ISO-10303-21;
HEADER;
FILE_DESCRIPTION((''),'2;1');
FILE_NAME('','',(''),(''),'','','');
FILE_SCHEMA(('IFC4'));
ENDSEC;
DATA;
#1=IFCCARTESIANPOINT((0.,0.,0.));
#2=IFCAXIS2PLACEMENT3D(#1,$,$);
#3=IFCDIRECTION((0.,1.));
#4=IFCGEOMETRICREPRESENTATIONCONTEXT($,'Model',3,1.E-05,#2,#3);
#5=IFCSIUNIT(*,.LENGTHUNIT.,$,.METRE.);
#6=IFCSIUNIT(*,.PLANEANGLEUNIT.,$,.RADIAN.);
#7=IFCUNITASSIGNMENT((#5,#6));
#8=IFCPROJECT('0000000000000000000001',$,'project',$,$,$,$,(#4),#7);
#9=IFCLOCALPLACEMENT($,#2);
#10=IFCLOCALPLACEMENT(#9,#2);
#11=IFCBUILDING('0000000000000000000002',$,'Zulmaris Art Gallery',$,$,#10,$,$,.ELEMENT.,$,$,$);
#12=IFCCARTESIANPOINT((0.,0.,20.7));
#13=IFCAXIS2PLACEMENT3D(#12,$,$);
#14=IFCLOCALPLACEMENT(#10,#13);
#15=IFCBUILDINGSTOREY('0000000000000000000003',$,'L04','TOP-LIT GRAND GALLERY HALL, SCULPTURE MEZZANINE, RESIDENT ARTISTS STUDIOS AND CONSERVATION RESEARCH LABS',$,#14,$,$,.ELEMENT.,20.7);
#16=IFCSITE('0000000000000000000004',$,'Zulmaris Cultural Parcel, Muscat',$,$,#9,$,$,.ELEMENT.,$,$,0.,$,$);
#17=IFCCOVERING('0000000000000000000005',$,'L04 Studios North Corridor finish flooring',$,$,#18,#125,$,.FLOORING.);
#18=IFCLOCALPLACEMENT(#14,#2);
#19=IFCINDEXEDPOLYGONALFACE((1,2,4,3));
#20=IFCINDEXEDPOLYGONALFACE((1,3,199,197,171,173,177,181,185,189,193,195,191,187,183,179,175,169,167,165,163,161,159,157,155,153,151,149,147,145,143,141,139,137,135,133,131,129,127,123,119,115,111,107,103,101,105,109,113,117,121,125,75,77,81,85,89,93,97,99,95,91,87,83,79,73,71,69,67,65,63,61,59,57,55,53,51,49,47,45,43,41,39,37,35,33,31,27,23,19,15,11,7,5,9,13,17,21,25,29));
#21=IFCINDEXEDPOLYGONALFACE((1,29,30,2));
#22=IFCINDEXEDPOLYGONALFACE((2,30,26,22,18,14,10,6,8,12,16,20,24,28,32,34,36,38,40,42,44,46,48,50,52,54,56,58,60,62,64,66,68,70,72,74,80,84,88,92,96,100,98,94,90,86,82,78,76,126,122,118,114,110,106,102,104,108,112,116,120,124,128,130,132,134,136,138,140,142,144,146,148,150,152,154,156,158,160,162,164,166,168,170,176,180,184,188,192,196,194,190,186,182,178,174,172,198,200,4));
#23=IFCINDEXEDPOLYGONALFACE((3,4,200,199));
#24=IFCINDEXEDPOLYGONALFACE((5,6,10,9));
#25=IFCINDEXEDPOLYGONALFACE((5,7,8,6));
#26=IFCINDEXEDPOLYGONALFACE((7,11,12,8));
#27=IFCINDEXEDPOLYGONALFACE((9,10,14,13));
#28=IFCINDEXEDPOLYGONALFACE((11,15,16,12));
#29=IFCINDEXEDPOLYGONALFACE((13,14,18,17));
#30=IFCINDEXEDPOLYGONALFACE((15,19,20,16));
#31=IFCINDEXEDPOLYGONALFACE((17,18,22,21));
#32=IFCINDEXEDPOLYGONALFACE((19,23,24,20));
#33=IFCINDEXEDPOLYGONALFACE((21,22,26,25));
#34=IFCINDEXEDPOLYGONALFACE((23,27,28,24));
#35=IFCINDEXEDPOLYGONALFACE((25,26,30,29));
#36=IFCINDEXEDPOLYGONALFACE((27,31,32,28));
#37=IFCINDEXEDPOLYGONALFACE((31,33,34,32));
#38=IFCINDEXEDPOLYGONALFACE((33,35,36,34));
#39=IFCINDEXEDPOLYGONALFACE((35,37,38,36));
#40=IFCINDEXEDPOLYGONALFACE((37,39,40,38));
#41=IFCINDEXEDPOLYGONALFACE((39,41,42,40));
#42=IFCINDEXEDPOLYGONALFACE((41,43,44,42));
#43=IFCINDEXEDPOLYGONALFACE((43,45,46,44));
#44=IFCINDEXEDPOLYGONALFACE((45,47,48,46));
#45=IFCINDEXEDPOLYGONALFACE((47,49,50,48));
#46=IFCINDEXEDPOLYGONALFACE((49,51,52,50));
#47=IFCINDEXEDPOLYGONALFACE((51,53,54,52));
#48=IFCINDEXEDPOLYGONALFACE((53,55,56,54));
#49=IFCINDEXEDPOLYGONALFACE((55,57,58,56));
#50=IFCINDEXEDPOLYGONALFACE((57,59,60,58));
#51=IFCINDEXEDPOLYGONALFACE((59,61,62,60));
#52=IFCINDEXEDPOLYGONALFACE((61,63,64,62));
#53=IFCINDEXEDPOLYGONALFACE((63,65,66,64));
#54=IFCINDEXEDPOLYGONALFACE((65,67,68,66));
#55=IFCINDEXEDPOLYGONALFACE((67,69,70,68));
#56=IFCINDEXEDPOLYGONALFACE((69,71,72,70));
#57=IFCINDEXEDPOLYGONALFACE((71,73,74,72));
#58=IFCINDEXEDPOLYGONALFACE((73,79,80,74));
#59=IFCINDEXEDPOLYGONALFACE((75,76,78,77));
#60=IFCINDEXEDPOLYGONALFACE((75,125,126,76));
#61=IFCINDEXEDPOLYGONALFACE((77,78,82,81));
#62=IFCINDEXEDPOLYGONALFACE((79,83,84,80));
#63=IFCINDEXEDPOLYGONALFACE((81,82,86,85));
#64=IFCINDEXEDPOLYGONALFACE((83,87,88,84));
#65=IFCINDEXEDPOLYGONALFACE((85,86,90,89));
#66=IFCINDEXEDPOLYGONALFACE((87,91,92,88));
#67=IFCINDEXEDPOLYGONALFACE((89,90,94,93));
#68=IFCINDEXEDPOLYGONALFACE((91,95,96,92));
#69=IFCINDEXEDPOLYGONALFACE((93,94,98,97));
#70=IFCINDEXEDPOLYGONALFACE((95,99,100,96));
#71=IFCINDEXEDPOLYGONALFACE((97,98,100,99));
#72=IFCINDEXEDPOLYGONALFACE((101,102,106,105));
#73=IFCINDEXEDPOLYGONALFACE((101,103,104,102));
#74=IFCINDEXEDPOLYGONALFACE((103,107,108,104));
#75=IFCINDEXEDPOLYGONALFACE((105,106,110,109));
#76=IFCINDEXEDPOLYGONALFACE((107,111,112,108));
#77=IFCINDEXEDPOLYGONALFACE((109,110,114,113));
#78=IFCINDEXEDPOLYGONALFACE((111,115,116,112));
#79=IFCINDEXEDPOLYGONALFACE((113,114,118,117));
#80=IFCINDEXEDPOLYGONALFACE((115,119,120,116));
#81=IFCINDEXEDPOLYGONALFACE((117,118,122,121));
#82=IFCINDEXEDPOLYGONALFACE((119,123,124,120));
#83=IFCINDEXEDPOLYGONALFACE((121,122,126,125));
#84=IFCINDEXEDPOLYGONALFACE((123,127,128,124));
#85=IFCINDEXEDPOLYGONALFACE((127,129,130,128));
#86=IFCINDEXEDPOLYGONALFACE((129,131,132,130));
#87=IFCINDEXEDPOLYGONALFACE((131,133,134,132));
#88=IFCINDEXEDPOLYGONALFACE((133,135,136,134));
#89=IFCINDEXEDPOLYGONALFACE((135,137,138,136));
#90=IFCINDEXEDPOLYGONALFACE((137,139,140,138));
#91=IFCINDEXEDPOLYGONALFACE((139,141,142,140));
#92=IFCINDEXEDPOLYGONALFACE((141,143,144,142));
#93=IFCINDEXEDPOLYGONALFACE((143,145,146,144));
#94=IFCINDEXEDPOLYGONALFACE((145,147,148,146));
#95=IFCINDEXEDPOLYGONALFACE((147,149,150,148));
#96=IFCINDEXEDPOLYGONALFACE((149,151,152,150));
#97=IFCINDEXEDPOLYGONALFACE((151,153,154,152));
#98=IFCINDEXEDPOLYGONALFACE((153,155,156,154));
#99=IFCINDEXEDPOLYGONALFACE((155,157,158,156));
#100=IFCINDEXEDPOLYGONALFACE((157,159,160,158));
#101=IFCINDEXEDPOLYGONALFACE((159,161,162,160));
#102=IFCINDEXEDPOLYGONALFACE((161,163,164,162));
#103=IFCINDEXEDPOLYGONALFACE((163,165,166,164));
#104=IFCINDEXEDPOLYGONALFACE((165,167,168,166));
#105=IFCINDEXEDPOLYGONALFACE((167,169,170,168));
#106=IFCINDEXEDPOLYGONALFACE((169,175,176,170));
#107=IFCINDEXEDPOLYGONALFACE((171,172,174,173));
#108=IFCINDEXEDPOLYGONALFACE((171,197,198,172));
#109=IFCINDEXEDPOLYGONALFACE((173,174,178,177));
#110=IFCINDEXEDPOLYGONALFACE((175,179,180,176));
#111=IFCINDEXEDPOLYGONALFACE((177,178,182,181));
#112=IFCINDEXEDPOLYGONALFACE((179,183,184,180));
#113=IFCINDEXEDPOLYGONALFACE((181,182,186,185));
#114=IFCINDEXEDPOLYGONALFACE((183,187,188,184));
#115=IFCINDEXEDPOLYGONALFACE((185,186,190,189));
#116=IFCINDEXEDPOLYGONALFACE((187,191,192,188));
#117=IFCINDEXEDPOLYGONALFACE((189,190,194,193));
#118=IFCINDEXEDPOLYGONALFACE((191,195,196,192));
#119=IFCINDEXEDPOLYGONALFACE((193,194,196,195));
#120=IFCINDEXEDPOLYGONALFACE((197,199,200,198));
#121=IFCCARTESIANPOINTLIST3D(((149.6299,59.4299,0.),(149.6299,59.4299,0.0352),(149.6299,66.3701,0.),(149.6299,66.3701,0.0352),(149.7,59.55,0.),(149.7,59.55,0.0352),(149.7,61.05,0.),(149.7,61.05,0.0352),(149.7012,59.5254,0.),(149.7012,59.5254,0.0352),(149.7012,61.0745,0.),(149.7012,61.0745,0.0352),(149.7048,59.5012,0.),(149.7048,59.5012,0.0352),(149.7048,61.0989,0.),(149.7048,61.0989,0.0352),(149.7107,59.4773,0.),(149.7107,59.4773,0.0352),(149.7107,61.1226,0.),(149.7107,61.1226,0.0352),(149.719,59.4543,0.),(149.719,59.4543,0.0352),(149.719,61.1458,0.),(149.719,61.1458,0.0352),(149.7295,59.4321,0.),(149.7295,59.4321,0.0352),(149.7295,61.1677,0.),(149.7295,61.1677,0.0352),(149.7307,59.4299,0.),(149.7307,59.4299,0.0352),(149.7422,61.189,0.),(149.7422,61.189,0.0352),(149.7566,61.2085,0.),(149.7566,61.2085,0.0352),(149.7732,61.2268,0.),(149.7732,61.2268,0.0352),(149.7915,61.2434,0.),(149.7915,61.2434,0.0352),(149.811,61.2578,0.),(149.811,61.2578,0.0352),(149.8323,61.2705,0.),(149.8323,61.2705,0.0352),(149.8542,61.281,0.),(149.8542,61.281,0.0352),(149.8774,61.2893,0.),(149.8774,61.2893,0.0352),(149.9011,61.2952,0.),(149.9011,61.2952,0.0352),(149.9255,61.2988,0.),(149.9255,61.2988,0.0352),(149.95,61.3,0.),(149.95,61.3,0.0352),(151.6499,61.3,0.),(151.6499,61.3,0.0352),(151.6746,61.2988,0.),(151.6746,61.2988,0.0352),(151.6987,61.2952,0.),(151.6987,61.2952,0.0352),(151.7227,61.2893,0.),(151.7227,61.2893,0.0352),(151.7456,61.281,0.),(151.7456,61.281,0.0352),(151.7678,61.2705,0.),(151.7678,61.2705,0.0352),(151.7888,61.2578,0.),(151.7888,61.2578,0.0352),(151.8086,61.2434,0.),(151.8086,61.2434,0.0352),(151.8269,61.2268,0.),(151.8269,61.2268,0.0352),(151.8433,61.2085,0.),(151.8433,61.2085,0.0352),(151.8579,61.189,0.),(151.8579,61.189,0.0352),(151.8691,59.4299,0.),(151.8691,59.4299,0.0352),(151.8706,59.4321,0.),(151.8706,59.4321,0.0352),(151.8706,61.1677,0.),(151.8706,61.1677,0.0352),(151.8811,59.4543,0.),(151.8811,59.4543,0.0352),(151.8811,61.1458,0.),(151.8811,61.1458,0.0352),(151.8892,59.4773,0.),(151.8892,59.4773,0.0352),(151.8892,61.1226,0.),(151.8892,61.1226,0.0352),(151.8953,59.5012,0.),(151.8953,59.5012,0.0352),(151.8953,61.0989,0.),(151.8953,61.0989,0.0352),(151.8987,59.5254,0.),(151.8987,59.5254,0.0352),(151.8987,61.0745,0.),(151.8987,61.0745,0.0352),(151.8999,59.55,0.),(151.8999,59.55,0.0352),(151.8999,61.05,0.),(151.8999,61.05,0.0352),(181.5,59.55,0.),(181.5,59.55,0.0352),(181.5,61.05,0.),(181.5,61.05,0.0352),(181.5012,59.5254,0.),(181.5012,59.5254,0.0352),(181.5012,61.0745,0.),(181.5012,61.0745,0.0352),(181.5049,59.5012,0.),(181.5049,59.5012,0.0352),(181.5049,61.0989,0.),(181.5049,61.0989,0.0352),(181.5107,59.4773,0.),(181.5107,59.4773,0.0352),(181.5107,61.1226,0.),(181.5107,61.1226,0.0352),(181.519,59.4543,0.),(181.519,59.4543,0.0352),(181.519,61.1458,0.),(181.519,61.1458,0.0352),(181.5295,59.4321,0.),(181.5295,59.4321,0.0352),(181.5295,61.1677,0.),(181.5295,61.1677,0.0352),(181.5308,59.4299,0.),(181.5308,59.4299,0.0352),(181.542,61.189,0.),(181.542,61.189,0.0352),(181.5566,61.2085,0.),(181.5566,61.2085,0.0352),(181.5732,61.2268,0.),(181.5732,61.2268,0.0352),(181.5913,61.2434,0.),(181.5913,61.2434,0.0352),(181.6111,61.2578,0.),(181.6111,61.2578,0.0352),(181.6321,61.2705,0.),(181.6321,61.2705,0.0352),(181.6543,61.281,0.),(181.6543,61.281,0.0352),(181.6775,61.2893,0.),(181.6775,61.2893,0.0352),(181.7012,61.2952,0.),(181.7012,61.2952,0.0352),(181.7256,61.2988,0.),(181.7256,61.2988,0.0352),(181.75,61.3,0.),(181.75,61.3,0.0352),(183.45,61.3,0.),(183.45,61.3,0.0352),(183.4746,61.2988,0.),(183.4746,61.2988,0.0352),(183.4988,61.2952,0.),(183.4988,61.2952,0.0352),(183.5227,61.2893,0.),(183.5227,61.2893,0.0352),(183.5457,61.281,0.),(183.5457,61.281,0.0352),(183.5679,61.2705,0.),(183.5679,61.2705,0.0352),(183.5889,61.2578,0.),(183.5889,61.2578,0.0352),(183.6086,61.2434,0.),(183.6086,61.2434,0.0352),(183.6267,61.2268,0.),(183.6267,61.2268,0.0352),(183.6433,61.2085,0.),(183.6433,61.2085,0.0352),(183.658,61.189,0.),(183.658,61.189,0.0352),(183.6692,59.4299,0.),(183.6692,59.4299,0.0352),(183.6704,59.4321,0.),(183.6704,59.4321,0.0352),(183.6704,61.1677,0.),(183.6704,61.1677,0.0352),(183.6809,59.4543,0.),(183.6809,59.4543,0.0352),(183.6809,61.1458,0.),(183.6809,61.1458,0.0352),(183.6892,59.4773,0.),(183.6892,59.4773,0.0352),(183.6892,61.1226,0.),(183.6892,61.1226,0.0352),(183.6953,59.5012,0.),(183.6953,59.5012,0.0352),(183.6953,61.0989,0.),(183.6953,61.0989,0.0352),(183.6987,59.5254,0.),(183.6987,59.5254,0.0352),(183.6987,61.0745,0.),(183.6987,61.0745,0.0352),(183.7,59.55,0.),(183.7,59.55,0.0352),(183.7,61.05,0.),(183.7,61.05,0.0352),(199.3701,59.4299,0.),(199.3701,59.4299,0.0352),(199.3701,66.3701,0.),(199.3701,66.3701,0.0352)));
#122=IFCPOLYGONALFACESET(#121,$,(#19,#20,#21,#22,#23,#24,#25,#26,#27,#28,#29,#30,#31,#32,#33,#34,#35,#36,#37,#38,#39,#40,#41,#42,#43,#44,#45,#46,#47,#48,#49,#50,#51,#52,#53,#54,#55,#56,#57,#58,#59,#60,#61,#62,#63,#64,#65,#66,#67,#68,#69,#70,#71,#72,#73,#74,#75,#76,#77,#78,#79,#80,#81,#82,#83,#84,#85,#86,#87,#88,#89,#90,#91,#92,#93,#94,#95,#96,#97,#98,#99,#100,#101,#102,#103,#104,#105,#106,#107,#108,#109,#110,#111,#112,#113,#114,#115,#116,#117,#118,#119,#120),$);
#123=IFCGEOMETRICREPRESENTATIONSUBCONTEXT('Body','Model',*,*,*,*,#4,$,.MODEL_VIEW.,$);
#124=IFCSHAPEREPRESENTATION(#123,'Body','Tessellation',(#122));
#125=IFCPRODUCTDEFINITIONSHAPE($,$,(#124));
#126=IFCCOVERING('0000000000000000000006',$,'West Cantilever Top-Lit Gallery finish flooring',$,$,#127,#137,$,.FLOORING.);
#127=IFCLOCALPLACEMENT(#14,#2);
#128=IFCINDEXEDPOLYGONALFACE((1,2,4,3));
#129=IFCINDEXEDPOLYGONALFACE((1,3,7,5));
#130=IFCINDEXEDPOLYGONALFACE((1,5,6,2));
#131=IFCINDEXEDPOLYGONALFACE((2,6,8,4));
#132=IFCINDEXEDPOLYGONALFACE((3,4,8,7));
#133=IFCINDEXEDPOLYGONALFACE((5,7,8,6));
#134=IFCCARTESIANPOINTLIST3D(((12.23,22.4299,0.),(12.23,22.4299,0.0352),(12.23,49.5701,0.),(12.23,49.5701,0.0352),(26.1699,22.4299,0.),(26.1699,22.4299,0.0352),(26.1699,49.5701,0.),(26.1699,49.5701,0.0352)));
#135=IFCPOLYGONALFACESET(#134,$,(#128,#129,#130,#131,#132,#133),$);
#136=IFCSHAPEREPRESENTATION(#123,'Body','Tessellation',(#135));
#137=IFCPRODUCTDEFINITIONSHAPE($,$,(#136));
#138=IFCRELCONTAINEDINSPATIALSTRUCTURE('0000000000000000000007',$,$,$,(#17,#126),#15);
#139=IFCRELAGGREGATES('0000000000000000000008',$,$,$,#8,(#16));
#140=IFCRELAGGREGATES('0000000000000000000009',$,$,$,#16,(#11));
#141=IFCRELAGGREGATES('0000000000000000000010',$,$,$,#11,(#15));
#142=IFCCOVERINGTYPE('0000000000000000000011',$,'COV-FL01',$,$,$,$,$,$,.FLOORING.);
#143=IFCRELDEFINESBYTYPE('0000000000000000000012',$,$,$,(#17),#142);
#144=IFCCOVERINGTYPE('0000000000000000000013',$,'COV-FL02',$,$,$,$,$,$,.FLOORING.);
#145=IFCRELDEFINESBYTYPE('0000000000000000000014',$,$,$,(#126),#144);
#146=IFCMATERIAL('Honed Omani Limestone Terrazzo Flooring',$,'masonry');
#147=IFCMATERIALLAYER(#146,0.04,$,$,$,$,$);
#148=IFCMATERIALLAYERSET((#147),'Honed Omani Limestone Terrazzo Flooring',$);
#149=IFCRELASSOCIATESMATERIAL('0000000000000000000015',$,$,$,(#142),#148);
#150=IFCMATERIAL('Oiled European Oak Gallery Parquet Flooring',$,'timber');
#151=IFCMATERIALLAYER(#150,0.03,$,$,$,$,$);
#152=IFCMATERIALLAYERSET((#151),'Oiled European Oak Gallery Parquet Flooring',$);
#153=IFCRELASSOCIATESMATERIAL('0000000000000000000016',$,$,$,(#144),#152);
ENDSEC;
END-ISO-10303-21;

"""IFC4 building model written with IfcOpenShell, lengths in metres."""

from ifc_helpers import new_model, si_unit, direction, frame, origin, place, context, subcontext, project, spatial, polyline, outline, extrude, material, layer, layer_set, type_object, element, save


model = new_model("IFC4")

# Units and contexts
model_context = context("Model", 3, precision=1e-05, world=origin(), true_north=direction((0.0, 1.0)))
body_context = subcontext(model_context, "Body", "Model", "MODEL_VIEW")
ifc_project = project(units=[si_unit("LENGTHUNIT", "METRE"), si_unit("PLANEANGLEUNIT", "RADIAN")], contexts=[model_context])

# Site, building, storey
site_placement = place(None, origin())
site = spatial("IfcSite", under=ifc_project, at=site_placement, Name="Zulmaris Cultural Parcel, Muscat", CompositionType="ELEMENT", RefElevation=0.0)
building_placement = place(site_placement, origin())
building = spatial("IfcBuilding", under=site, at=building_placement, Name="Zulmaris Art Gallery", CompositionType="ELEMENT")
storey_placement = place(building_placement, frame((0.0, 0.0, 20.7)))
storey = spatial("IfcBuildingStorey", under=building, at=storey_placement, Name="L04", Description="TOP-LIT GRAND GALLERY HALL, SCULPTURE MEZZANINE, RESIDENT ARTISTS STUDIOS AND CONSERVATION RESEARCH LABS", CompositionType="ELEMENT", Elevation=20.7)

# Coverings
ifc_material_1 = material(Name="Honed Omani Limestone Terrazzo Flooring", Category="masonry")
ifc_layer_1 = layer(ifc_material_1, 0.04)
ifc_layer_set_1 = layer_set([ifc_layer_1], Name="Honed Omani Limestone Terrazzo Flooring")
covering_type_1 = type_object("IfcCoveringType", Name="COV-FL01", PredefinedType="FLOORING", material=ifc_layer_set_1)
covering_1_placement = place(storey_placement, origin())
element("IfcCovering", 1, at=covering_1_placement, inside=storey, type_object=covering_type_1, Name="L04 Studios North Corridor finish flooring", PredefinedType="FLOORING", context=body_context, shape_type="SweptSolid", body=[
    extrude(outline(polyline([(149.6299, 59.4299), (149.6299, 66.3701), (199.3701, 66.3701), (199.3701, 59.4299), (183.6692, 59.4299), (183.6704, 59.4321), (183.6809, 59.4543), (183.6892, 59.4773), (183.6953, 59.5012), (183.6987, 59.5254), (183.7, 59.55), (183.7, 61.05), (183.6987, 61.0745), (183.6953, 61.0989), (183.6892, 61.1226), (183.6809, 61.1458), (183.6704, 61.1677), (183.658, 61.189), (183.6433, 61.2085), (183.6267, 61.2268), (183.6086, 61.2434), (183.5889, 61.2578), (183.5679, 61.2705), (183.5457, 61.281), (183.5227, 61.2893), (183.4988, 61.2952), (183.4746, 61.2988), (183.45, 61.3), (181.75, 61.3), (181.7256, 61.2988), (181.7012, 61.2952), (181.6775, 61.2893), (181.6543, 61.281), (181.6321, 61.2705), (181.6111, 61.2578), (181.5913, 61.2434), (181.5732, 61.2268), (181.5566, 61.2085), (181.542, 61.189), (181.5295, 61.1677), (181.519, 61.1458), (181.5107, 61.1226), (181.5049, 61.0989), (181.5012, 61.0745), (181.5, 61.05), (181.5, 59.55), (181.5012, 59.5254), (181.5049, 59.5012), (181.5107, 59.4773), (181.519, 59.4543), (181.5295, 59.4321), (181.5308, 59.4299), (151.8691, 59.4299), (151.8706, 59.4321), (151.8811, 59.4543), (151.8892, 59.4773), (151.8953, 59.5012), (151.8987, 59.5254), (151.8999, 59.55), (151.8999, 61.05), (151.8987, 61.0745), (151.8953, 61.0989), (151.8892, 61.1226), (151.8811, 61.1458), (151.8706, 61.1677), (151.8579, 61.189), (151.8433, 61.2085), (151.8269, 61.2268), (151.8086, 61.2434), (151.7888, 61.2578), (151.7678, 61.2705), (151.7456, 61.281), (151.7227, 61.2893), (151.6987, 61.2952), (151.6746, 61.2988), (151.6499, 61.3), (149.95, 61.3), (149.9255, 61.2988), (149.9011, 61.2952), (149.8774, 61.2893), (149.8542, 61.281), (149.8323, 61.2705), (149.811, 61.2578), (149.7915, 61.2434), (149.7732, 61.2268), (149.7566, 61.2085), (149.7422, 61.189), (149.7295, 61.1677), (149.719, 61.1458), (149.7107, 61.1226), (149.7048, 61.0989), (149.7012, 61.0745), (149.7, 61.05), (149.7, 59.55), (149.7012, 59.5254), (149.7048, 59.5012), (149.7107, 59.4773), (149.719, 59.4543), (149.7295, 59.4321), (149.7307, 59.4299), (149.6299, 59.4299)])), origin(), (0.0, 0.0, 1.0), 0.0352),
])
ifc_material_2 = material(Name="Oiled European Oak Gallery Parquet Flooring", Category="timber")
ifc_layer_2 = layer(ifc_material_2, 0.03)
ifc_layer_set_2 = layer_set([ifc_layer_2], Name="Oiled European Oak Gallery Parquet Flooring")
covering_type_2 = type_object("IfcCoveringType", Name="COV-FL02", PredefinedType="FLOORING", material=ifc_layer_set_2)
covering_2_placement = place(storey_placement, origin())
element("IfcCovering", 2, at=covering_2_placement, inside=storey, type_object=covering_type_2, Name="West Cantilever Top-Lit Gallery finish flooring", PredefinedType="FLOORING", context=body_context, shape_type="SweptSolid", body=[
    extrude(outline(polyline([(26.1699, 22.4299), (12.23, 22.4299), (12.23, 49.5701), (26.1699, 49.5701), (26.1699, 22.4299)])), origin(), (0.0, 0.0, 1.0), 0.0352),
])

save(model, "model.ifc")
